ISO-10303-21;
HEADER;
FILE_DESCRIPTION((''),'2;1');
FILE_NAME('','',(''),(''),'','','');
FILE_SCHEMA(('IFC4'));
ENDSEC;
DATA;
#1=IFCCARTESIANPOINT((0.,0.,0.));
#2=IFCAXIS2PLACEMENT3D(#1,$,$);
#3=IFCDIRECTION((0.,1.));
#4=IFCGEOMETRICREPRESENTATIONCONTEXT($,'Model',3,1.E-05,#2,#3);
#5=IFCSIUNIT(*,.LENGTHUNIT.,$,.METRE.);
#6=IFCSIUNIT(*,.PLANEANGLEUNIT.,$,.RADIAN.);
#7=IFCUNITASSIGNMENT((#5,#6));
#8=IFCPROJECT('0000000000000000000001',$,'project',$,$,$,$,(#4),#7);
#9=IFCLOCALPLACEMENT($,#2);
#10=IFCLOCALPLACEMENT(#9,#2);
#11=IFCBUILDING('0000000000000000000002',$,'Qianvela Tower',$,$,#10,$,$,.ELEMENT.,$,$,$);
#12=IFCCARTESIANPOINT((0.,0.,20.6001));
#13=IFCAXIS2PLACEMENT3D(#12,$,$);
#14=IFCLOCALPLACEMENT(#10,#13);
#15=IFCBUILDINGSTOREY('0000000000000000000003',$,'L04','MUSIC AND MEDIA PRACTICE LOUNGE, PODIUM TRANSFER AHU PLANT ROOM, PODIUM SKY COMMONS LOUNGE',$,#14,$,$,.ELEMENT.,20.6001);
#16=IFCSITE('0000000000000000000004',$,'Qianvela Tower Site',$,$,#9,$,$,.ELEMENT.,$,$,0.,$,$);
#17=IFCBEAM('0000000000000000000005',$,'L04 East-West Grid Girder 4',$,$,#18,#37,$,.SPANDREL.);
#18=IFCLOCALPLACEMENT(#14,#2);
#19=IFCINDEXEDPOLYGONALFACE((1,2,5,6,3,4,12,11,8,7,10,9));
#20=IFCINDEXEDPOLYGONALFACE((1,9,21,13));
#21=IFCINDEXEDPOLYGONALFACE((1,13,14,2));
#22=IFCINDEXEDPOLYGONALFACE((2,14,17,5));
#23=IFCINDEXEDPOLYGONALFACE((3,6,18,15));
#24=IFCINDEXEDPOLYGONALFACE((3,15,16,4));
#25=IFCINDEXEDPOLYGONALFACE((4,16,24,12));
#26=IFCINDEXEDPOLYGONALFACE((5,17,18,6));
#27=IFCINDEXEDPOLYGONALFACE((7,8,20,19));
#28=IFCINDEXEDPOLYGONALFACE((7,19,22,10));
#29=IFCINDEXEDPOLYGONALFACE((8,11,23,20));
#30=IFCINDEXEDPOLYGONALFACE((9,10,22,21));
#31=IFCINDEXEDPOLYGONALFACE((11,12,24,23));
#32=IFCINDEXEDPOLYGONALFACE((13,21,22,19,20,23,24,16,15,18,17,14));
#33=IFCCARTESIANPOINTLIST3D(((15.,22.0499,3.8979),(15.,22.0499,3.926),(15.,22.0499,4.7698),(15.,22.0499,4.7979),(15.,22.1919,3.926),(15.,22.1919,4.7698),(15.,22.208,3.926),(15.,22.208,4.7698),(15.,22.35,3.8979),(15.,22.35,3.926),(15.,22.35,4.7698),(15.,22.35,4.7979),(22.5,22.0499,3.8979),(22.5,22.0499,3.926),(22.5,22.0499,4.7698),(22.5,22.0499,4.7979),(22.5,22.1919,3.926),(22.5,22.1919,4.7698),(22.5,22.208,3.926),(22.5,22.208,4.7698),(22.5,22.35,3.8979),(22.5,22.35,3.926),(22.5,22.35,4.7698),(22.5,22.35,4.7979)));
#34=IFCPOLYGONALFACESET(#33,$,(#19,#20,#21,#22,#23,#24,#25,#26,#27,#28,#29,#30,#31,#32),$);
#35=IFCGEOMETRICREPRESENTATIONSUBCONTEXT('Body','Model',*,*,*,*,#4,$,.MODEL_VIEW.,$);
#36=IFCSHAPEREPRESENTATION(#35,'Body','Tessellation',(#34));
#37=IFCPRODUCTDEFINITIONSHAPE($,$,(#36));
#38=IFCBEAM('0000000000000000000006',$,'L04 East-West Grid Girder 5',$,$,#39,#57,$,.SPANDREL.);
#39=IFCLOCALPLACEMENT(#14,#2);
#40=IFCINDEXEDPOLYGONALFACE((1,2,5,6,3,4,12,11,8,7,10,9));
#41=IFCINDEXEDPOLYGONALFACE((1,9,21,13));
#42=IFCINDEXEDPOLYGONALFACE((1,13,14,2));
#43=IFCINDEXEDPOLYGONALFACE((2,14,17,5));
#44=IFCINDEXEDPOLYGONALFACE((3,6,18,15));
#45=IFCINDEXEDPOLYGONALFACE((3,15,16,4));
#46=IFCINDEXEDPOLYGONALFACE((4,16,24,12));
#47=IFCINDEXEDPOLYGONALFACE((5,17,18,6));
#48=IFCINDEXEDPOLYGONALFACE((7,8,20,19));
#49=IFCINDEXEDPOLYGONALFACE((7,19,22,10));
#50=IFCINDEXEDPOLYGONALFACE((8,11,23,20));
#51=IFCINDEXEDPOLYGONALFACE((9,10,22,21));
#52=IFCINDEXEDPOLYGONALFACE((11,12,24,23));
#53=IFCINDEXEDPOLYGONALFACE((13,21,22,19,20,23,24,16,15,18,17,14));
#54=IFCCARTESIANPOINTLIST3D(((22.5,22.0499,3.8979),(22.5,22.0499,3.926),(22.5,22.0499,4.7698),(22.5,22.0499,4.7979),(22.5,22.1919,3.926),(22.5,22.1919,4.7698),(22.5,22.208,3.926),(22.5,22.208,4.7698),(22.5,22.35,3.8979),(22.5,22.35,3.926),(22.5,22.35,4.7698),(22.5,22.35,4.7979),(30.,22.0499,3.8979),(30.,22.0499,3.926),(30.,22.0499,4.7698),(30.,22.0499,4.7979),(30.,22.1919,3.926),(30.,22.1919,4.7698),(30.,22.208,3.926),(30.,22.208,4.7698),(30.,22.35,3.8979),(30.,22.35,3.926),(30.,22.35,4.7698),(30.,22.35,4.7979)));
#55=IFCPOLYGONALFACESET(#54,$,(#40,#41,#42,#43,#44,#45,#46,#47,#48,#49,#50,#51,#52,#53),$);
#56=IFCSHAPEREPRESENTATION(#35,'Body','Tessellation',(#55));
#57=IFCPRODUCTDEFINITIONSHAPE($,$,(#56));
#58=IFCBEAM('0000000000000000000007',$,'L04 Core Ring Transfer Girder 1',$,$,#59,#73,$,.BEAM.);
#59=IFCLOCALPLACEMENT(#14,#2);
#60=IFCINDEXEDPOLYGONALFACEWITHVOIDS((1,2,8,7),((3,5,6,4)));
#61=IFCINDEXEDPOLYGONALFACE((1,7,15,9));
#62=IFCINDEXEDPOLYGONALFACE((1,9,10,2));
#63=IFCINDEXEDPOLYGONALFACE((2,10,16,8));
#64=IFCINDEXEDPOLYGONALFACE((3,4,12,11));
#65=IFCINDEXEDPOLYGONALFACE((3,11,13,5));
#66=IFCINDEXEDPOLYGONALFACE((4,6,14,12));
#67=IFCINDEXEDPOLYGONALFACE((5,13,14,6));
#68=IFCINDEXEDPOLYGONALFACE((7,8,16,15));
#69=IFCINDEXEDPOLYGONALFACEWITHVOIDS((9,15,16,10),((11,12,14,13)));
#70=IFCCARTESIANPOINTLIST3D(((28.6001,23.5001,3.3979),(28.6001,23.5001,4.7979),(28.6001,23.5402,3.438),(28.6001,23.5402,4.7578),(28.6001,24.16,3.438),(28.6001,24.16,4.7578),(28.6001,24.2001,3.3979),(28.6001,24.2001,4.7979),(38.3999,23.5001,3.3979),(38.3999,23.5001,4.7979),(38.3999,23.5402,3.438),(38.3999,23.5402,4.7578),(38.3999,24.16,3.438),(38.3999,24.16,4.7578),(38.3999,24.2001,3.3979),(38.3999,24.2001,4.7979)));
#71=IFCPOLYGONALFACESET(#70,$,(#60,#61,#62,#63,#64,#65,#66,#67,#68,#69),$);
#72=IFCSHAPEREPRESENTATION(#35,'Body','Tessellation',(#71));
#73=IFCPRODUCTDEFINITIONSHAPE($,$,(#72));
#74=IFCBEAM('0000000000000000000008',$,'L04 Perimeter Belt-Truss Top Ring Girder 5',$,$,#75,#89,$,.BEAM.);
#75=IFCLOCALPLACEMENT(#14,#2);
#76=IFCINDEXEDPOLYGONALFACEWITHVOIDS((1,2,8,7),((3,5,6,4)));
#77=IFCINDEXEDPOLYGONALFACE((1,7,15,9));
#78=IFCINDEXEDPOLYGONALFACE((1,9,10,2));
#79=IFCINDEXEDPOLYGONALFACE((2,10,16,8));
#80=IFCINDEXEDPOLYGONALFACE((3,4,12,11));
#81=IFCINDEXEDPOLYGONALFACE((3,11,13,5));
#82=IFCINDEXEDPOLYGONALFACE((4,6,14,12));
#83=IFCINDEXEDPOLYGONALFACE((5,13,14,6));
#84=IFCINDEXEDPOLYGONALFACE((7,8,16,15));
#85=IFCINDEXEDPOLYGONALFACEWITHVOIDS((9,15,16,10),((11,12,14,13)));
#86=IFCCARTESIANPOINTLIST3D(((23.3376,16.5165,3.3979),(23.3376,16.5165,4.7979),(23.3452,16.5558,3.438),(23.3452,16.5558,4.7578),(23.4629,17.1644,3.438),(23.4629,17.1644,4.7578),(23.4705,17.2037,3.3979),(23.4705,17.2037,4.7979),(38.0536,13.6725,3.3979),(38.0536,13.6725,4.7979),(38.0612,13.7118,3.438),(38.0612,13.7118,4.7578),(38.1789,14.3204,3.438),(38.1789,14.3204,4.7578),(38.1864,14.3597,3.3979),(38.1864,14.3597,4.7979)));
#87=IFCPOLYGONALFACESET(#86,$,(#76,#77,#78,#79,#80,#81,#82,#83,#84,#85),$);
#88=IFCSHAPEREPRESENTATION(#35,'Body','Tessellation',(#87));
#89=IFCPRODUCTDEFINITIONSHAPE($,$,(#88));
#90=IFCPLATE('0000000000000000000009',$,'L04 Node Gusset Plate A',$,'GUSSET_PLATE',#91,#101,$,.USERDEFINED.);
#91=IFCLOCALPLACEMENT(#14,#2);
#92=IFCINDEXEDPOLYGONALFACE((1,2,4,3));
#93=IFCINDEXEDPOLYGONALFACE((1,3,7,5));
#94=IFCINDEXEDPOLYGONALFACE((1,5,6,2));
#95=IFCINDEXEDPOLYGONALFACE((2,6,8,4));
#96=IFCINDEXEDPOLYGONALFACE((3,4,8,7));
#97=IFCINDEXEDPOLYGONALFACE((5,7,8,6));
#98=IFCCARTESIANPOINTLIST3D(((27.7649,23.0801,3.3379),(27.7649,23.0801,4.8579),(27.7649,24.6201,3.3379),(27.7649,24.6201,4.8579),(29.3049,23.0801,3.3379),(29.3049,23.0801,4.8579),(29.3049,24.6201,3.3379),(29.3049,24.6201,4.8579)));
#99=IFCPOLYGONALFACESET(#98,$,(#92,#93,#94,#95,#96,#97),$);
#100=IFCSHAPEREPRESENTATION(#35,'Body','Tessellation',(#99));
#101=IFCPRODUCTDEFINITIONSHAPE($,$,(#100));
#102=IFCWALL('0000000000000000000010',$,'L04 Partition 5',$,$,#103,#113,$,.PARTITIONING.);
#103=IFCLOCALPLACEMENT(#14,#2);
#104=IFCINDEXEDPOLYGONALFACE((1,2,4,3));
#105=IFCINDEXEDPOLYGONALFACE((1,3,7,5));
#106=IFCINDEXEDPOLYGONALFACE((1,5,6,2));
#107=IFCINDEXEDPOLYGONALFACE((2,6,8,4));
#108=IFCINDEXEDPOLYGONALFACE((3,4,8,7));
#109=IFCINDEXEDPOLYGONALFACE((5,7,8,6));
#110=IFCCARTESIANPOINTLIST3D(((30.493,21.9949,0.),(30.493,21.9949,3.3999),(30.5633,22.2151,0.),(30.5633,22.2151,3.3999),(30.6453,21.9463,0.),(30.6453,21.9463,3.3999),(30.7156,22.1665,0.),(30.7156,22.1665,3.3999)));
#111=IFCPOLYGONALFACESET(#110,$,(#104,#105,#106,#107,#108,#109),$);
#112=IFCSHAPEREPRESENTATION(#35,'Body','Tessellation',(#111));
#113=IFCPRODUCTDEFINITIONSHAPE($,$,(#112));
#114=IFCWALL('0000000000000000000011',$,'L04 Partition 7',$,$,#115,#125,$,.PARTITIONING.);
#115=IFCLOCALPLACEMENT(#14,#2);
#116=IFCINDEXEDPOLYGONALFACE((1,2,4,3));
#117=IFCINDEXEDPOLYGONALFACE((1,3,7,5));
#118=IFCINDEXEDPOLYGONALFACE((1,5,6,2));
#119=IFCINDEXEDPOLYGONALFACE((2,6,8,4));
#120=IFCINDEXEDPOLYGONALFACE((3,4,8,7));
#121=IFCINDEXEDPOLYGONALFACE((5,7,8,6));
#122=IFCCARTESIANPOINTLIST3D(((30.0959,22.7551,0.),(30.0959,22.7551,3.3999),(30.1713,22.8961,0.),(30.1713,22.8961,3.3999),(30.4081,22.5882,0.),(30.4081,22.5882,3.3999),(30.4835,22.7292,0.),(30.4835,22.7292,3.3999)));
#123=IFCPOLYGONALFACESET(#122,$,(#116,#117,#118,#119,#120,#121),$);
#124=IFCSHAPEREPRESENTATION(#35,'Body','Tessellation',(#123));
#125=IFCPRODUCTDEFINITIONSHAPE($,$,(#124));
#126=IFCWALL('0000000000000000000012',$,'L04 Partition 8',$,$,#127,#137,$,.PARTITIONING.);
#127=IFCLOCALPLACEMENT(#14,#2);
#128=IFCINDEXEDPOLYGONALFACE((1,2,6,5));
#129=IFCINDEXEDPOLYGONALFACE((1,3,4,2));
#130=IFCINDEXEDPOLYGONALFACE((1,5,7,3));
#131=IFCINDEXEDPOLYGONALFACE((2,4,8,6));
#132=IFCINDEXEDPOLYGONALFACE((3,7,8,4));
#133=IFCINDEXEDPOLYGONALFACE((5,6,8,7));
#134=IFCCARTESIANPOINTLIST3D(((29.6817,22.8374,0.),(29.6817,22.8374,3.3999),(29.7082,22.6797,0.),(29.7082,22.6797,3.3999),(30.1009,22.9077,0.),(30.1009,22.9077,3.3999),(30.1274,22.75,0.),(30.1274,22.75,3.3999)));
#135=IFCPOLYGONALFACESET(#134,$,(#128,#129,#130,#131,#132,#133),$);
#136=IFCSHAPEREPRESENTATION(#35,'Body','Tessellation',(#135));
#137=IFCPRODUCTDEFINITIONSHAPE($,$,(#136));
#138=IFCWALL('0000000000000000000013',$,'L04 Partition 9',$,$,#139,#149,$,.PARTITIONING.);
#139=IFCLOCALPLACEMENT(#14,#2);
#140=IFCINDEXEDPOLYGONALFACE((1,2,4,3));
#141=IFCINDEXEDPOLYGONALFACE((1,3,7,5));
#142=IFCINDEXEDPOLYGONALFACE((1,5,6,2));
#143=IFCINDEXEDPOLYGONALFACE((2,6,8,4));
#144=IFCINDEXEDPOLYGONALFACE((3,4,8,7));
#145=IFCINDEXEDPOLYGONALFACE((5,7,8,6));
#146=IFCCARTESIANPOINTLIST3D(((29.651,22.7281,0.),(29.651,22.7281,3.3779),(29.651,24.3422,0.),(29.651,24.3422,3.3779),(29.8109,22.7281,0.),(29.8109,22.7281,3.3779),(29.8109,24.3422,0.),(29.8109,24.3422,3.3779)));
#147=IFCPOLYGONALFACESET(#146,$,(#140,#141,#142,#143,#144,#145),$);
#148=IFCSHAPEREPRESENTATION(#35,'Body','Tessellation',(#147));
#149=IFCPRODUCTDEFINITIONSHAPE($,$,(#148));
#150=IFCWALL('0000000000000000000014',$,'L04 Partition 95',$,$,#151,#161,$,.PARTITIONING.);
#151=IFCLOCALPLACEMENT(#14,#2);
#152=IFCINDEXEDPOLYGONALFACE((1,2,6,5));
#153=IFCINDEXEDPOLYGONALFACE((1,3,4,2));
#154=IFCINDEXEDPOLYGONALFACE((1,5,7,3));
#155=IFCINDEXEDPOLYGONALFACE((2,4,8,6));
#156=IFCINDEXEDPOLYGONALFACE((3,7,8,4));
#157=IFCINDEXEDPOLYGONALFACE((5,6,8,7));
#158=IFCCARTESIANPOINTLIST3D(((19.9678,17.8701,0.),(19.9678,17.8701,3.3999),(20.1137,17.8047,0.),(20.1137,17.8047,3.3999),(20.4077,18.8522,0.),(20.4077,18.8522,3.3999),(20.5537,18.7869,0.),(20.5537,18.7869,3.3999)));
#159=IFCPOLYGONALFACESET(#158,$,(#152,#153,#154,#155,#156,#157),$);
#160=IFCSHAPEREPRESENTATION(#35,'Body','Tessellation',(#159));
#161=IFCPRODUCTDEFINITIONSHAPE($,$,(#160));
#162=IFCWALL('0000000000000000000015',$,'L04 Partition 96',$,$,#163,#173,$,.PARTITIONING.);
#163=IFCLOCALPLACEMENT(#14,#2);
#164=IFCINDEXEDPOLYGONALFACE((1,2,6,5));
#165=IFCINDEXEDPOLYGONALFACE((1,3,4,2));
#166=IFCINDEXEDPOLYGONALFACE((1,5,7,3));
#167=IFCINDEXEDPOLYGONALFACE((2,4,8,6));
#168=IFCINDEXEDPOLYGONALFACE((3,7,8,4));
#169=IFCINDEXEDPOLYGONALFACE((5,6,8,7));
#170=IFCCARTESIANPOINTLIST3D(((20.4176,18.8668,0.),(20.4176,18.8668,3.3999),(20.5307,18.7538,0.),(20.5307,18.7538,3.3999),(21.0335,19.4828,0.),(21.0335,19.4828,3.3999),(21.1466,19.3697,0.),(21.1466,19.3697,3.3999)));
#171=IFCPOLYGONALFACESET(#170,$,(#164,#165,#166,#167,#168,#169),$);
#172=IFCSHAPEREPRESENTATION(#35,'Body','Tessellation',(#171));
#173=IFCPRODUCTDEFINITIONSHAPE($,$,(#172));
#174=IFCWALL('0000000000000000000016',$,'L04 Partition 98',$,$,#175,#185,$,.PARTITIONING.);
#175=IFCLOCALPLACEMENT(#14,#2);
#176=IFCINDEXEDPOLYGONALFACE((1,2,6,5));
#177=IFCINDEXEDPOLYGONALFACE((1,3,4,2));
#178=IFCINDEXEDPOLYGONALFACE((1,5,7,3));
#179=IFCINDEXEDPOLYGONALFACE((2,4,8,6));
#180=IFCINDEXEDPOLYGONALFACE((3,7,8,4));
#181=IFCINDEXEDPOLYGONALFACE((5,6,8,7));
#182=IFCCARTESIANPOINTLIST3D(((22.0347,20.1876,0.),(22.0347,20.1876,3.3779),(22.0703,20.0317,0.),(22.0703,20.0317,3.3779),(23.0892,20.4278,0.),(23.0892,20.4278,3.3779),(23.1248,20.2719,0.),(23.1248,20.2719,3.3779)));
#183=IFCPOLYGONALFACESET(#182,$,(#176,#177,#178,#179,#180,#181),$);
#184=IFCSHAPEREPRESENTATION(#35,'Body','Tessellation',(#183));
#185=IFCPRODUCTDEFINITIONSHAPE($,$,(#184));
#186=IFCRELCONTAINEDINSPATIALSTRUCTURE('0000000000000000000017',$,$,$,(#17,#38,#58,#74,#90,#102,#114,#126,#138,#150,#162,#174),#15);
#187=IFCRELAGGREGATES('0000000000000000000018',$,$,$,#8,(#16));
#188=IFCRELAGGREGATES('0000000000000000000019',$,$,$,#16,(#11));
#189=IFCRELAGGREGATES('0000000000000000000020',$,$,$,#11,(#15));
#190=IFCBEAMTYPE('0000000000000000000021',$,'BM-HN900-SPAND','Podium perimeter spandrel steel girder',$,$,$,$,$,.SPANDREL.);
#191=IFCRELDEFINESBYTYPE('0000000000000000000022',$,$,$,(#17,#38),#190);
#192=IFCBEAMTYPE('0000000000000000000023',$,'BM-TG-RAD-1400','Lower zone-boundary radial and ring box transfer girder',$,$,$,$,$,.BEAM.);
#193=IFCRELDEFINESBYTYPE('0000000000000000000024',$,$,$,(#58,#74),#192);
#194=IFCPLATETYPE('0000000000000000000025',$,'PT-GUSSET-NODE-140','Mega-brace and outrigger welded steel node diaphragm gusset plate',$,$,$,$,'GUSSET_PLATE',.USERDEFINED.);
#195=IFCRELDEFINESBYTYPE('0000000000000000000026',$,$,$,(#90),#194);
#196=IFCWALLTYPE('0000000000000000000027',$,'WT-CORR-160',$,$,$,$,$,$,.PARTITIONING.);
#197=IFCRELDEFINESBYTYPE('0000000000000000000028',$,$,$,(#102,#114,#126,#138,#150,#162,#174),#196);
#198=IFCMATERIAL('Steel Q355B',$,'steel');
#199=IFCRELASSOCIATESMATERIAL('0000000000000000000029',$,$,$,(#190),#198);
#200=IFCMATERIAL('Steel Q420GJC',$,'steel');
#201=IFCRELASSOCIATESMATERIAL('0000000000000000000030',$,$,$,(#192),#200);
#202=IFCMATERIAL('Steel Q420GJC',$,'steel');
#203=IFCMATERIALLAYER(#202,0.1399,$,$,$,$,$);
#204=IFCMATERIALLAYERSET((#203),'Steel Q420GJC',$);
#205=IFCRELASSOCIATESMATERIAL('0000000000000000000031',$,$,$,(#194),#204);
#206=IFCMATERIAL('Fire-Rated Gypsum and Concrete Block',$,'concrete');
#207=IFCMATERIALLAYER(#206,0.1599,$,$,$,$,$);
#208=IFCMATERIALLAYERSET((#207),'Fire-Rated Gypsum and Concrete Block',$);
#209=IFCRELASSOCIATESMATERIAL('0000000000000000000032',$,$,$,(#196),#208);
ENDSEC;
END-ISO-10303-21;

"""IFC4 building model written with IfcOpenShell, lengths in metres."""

from ifc_helpers import new_model, si_unit, direction, frame, frame_2d, origin, origin_2d, place, context, subcontext, project, spatial, rectangle, hollow_rectangle, i_section, extrude, material, layer, layer_set, material_profile, profile_set, type_object, element, save


model = new_model("IFC4")

# Units and contexts
model_context = context("Model", 3, precision=1e-05, world=origin(), true_north=direction((0.0, 1.0)))
body_context = subcontext(model_context, "Body", "Model", "MODEL_VIEW")
ifc_project = project(units=[si_unit("LENGTHUNIT", "METRE"), si_unit("PLANEANGLEUNIT", "RADIAN")], contexts=[model_context])

# Site, building, storey
site_placement = place(None, origin())
site = spatial("IfcSite", under=ifc_project, at=site_placement, Name="Qianvela Tower Site", CompositionType="ELEMENT", RefElevation=0.0)
building_placement = place(site_placement, origin())
building = spatial("IfcBuilding", under=site, at=building_placement, Name="Qianvela Tower", CompositionType="ELEMENT")
storey_placement = place(building_placement, frame((0.0, 0.0, 20.6001)))
storey = spatial("IfcBuildingStorey", under=building, at=storey_placement, Name="L04", Description="MUSIC AND MEDIA PRACTICE LOUNGE, PODIUM TRANSFER AHU PLANT ROOM, PODIUM SKY COMMONS LOUNGE", CompositionType="ELEMENT", Elevation=20.6001)

# Beams
ifc_material_1 = material(Name="Steel Q355B", Category="steel")
ifc_material_profile_1 = material_profile(ifc_material_1, i_section(OverallWidth=0.3, OverallDepth=0.8999, WebThickness=0.0161, FlangeThickness=0.0281, at=origin_2d()), Name="HN900x300x16x28")
ifc_profile_set_1 = profile_set([ifc_material_profile_1], Name="Steel Q355B")
beam_type_1 = type_object("IfcBeamType", Name="BM-HN900-SPAND", Description="Podium perimeter spandrel steel girder", PredefinedType="SPANDREL", material=ifc_profile_set_1)
for number, where, z_axis, x_axis, name in (
    (1, (15.0, 22.2, 4.3479), (1.0, 0.0, 0.0), (0.0, 1.0, 0.0), "L04 East-West Grid Girder 4"),
    (2, (22.5, 22.2, 4.3479), (1.0, 0.0, 0.0), (0.0, 1.0, 0.0), "L04 East-West Grid Girder 5"),
):
    element("IfcBeam", number, at=place(storey_placement, frame(where, z_axis=z_axis, x_axis=x_axis)), inside=storey, type_object=beam_type_1, Name=name, PredefinedType="SPANDREL", context=body_context, shape_type="SweptSolid", body=[
        extrude(i_section(OverallWidth=0.3, OverallDepth=0.8999, WebThickness=0.0161, FlangeThickness=0.0281, at=origin_2d()), origin(), (0.0, 0.0, 1.0), 7.5),
    ])
ifc_material_2 = material(Name="Steel Q420GJC", Category="steel")
ifc_material_profile_2 = material_profile(ifc_material_2, hollow_rectangle(XDim=0.7, YDim=1.3999, WallThickness=0.04, at=origin_2d()), Name="TG-BOX-1400x700x40")
ifc_profile_set_2 = profile_set([ifc_material_profile_2], Name="Steel Q420GJC")
beam_type_2 = type_object("IfcBeamType", Name="BM-TG-RAD-1400", Description="Lower zone-boundary radial and ring box transfer girder", PredefinedType="BEAM", material=ifc_profile_set_2)
beam_1_placement = place(storey_placement, frame((28.6001, 23.8501, 4.0979), z_axis=(1.0, 0.0, 0.0), x_axis=(0.0, 1.0, 0.0)))
element("IfcBeam", 3, at=beam_1_placement, inside=storey, type_object=beam_type_2, Name="L04 Core Ring Transfer Girder 1", PredefinedType="BEAM", context=body_context, shape_type="SweptSolid", body=[
    extrude(hollow_rectangle(XDim=0.7, YDim=1.3999, WallThickness=0.04, at=origin_2d()), origin(), (0.0, 0.0, 1.0), 9.7998),
])
beam_2_placement = place(storey_placement, frame((23.4041, 16.8601, 4.0979), z_axis=(0.981833, -0.189747, 0.0), x_axis=(0.189747, 0.981833, 0.0)))
element("IfcBeam", 4, at=beam_2_placement, inside=storey, type_object=beam_type_2, Name="L04 Perimeter Belt-Truss Top Ring Girder 5", PredefinedType="BEAM", context=body_context, shape_type="SweptSolid", body=[
    extrude(hollow_rectangle(XDim=0.7, YDim=1.3999, WallThickness=0.04, at=origin_2d()), origin(), (0.0, 0.0, 1.0), 14.9883),
])

# Plate
ifc_material_3 = material(Name="Steel Q420GJC", Category="steel")
ifc_layer_1 = layer(ifc_material_3, 0.1399)
ifc_layer_set_1 = layer_set([ifc_layer_1], Name="Steel Q420GJC")
plate_type = type_object("IfcPlateType", Name="PT-GUSSET-NODE-140", Description="Mega-brace and outrigger welded steel node diaphragm gusset plate", ElementType="GUSSET_PLATE", PredefinedType="USERDEFINED", material=ifc_layer_set_1)
plate_placement = place(storey_placement, frame((28.5349, 23.8501, 3.3379), z_axis=(0.0, 0.0, 1.0), x_axis=(1.0, 0.0, 0.0)))
element("IfcPlate", 5, at=plate_placement, inside=storey, type_object=plate_type, Name="L04 Node Gusset Plate A", ObjectType="GUSSET_PLATE", PredefinedType="USERDEFINED", context=body_context, shape_type="SweptSolid", body=[
    extrude(rectangle(XDim=1.54, YDim=1.54, at=origin_2d()), origin(), (0.0, 0.0, 1.0), 1.52),
])

# Walls
ifc_material_4 = material(Name="Fire-Rated Gypsum and Concrete Block", Category="concrete")
ifc_layer_2 = layer(ifc_material_4, 0.1599)
ifc_layer_set_2 = layer_set([ifc_layer_2], Name="Fire-Rated Gypsum and Concrete Block")
wall_type_1 = type_object("IfcWallType", Name="WT-CORR-160", PredefinedType="PARTITIONING", material=ifc_layer_set_2)
wall_1_placement = place(storey_placement, frame((30.5691, 21.9705, 0.0), z_axis=(0.0, 0.0, 1.0), x_axis=(0.304163, 0.95262, 0.0)))
element("IfcWall", 6, at=wall_1_placement, inside=storey, type_object=wall_type_1, Name="L04 Partition 5", PredefinedType="PARTITIONING", context=body_context, shape_type="SweptSolid", body=[
    extrude(rectangle(XDim=0.2312, YDim=0.1599, at=frame_2d((0.1157, 0.0))), origin(), (0.0, 0.0, 1.0), 3.3999),
])
wall_2_placement = place(storey_placement, frame((30.4458, 22.6587, 0.0), z_axis=(0.0, 0.0, 1.0), x_axis=(-0.881818, 0.47159, 0.0)))
element("IfcWall", 7, at=wall_2_placement, inside=storey, type_object=wall_type_1, Name="L04 Partition 7", PredefinedType="PARTITIONING", context=body_context, shape_type="SweptSolid", body=[
    extrude(rectangle(XDim=0.354, YDim=0.1599, at=frame_2d((0.177, 0.0))), origin(), (0.0, 0.0, 1.0), 3.3999),
])
wall_3_placement = place(storey_placement, frame((30.114, 22.8289, 0.0), z_axis=(0.0, 0.0, 1.0), x_axis=(-0.986223, -0.165423, 0.0)))
element("IfcWall", 8, at=wall_3_placement, inside=storey, type_object=wall_type_1, Name="L04 Partition 8", PredefinedType="PARTITIONING", context=body_context, shape_type="SweptSolid", body=[
    extrude(rectangle(XDim=0.425, YDim=0.1599, at=frame_2d((0.2124, 0.0))), origin(), (0.0, 0.0, 1.0), 3.3999),
])
wall_4_placement = place(storey_placement, frame((29.731, 22.728, 0.0), z_axis=(0.0, 0.0, 1.0), x_axis=(0.0, 1.0, 0.0)))
element("IfcWall", 9, at=wall_4_placement, inside=storey, type_object=wall_type_1, Name="L04 Partition 9", PredefinedType="PARTITIONING", context=body_context, shape_type="SweptSolid", body=[
    extrude(rectangle(XDim=1.614, YDim=0.1599, at=frame_2d((0.8071, 0.0))), origin(), (0.0, 0.0, 1.0), 3.3779),
])
wall_5_placement = place(storey_placement, frame((20.0408, 17.8374, 0.0), z_axis=(0.0, 0.0, 1.0), x_axis=(0.408789, 0.912629, 0.0)))
element("IfcWall", 10, at=wall_5_placement, inside=storey, type_object=wall_type_1, Name="L04 Partition 95", PredefinedType="PARTITIONING", context=body_context, shape_type="SweptSolid", body=[
    extrude(rectangle(XDim=1.0762, YDim=0.1599, at=frame_2d((0.5381, 0.0))), origin(), (0.0, 0.0, 1.0), 3.3999),
])
wall_6_placement = place(storey_placement, frame((20.4741, 18.8103, 0.0), z_axis=(0.0, 0.0, 1.0), x_axis=(0.707107, 0.707107, 0.0)))
element("IfcWall", 11, at=wall_6_placement, inside=storey, type_object=wall_type_1, Name="L04 Partition 96", PredefinedType="PARTITIONING", context=body_context, shape_type="SweptSolid", body=[
    extrude(rectangle(XDim=0.8711, YDim=0.1599, at=frame_2d((0.4355, 0.0))), origin(), (0.0, 0.0, 1.0), 3.3999),
])
wall_7_placement = place(storey_placement, frame((22.0525, 20.1096, 0.0), z_axis=(0.0, 0.0, 1.0), x_axis=(0.975015, 0.222138, 0.0)))
element("IfcWall", 12, at=wall_7_placement, inside=storey, type_object=wall_type_1, Name="L04 Partition 98", PredefinedType="PARTITIONING", context=body_context, shape_type="SweptSolid", body=[
    extrude(rectangle(XDim=1.0815, YDim=0.1599, at=frame_2d((0.5408, 0.0))), origin(), (0.0, 0.0, 1.0), 3.3779),
])

save(model, "model.ifc")
